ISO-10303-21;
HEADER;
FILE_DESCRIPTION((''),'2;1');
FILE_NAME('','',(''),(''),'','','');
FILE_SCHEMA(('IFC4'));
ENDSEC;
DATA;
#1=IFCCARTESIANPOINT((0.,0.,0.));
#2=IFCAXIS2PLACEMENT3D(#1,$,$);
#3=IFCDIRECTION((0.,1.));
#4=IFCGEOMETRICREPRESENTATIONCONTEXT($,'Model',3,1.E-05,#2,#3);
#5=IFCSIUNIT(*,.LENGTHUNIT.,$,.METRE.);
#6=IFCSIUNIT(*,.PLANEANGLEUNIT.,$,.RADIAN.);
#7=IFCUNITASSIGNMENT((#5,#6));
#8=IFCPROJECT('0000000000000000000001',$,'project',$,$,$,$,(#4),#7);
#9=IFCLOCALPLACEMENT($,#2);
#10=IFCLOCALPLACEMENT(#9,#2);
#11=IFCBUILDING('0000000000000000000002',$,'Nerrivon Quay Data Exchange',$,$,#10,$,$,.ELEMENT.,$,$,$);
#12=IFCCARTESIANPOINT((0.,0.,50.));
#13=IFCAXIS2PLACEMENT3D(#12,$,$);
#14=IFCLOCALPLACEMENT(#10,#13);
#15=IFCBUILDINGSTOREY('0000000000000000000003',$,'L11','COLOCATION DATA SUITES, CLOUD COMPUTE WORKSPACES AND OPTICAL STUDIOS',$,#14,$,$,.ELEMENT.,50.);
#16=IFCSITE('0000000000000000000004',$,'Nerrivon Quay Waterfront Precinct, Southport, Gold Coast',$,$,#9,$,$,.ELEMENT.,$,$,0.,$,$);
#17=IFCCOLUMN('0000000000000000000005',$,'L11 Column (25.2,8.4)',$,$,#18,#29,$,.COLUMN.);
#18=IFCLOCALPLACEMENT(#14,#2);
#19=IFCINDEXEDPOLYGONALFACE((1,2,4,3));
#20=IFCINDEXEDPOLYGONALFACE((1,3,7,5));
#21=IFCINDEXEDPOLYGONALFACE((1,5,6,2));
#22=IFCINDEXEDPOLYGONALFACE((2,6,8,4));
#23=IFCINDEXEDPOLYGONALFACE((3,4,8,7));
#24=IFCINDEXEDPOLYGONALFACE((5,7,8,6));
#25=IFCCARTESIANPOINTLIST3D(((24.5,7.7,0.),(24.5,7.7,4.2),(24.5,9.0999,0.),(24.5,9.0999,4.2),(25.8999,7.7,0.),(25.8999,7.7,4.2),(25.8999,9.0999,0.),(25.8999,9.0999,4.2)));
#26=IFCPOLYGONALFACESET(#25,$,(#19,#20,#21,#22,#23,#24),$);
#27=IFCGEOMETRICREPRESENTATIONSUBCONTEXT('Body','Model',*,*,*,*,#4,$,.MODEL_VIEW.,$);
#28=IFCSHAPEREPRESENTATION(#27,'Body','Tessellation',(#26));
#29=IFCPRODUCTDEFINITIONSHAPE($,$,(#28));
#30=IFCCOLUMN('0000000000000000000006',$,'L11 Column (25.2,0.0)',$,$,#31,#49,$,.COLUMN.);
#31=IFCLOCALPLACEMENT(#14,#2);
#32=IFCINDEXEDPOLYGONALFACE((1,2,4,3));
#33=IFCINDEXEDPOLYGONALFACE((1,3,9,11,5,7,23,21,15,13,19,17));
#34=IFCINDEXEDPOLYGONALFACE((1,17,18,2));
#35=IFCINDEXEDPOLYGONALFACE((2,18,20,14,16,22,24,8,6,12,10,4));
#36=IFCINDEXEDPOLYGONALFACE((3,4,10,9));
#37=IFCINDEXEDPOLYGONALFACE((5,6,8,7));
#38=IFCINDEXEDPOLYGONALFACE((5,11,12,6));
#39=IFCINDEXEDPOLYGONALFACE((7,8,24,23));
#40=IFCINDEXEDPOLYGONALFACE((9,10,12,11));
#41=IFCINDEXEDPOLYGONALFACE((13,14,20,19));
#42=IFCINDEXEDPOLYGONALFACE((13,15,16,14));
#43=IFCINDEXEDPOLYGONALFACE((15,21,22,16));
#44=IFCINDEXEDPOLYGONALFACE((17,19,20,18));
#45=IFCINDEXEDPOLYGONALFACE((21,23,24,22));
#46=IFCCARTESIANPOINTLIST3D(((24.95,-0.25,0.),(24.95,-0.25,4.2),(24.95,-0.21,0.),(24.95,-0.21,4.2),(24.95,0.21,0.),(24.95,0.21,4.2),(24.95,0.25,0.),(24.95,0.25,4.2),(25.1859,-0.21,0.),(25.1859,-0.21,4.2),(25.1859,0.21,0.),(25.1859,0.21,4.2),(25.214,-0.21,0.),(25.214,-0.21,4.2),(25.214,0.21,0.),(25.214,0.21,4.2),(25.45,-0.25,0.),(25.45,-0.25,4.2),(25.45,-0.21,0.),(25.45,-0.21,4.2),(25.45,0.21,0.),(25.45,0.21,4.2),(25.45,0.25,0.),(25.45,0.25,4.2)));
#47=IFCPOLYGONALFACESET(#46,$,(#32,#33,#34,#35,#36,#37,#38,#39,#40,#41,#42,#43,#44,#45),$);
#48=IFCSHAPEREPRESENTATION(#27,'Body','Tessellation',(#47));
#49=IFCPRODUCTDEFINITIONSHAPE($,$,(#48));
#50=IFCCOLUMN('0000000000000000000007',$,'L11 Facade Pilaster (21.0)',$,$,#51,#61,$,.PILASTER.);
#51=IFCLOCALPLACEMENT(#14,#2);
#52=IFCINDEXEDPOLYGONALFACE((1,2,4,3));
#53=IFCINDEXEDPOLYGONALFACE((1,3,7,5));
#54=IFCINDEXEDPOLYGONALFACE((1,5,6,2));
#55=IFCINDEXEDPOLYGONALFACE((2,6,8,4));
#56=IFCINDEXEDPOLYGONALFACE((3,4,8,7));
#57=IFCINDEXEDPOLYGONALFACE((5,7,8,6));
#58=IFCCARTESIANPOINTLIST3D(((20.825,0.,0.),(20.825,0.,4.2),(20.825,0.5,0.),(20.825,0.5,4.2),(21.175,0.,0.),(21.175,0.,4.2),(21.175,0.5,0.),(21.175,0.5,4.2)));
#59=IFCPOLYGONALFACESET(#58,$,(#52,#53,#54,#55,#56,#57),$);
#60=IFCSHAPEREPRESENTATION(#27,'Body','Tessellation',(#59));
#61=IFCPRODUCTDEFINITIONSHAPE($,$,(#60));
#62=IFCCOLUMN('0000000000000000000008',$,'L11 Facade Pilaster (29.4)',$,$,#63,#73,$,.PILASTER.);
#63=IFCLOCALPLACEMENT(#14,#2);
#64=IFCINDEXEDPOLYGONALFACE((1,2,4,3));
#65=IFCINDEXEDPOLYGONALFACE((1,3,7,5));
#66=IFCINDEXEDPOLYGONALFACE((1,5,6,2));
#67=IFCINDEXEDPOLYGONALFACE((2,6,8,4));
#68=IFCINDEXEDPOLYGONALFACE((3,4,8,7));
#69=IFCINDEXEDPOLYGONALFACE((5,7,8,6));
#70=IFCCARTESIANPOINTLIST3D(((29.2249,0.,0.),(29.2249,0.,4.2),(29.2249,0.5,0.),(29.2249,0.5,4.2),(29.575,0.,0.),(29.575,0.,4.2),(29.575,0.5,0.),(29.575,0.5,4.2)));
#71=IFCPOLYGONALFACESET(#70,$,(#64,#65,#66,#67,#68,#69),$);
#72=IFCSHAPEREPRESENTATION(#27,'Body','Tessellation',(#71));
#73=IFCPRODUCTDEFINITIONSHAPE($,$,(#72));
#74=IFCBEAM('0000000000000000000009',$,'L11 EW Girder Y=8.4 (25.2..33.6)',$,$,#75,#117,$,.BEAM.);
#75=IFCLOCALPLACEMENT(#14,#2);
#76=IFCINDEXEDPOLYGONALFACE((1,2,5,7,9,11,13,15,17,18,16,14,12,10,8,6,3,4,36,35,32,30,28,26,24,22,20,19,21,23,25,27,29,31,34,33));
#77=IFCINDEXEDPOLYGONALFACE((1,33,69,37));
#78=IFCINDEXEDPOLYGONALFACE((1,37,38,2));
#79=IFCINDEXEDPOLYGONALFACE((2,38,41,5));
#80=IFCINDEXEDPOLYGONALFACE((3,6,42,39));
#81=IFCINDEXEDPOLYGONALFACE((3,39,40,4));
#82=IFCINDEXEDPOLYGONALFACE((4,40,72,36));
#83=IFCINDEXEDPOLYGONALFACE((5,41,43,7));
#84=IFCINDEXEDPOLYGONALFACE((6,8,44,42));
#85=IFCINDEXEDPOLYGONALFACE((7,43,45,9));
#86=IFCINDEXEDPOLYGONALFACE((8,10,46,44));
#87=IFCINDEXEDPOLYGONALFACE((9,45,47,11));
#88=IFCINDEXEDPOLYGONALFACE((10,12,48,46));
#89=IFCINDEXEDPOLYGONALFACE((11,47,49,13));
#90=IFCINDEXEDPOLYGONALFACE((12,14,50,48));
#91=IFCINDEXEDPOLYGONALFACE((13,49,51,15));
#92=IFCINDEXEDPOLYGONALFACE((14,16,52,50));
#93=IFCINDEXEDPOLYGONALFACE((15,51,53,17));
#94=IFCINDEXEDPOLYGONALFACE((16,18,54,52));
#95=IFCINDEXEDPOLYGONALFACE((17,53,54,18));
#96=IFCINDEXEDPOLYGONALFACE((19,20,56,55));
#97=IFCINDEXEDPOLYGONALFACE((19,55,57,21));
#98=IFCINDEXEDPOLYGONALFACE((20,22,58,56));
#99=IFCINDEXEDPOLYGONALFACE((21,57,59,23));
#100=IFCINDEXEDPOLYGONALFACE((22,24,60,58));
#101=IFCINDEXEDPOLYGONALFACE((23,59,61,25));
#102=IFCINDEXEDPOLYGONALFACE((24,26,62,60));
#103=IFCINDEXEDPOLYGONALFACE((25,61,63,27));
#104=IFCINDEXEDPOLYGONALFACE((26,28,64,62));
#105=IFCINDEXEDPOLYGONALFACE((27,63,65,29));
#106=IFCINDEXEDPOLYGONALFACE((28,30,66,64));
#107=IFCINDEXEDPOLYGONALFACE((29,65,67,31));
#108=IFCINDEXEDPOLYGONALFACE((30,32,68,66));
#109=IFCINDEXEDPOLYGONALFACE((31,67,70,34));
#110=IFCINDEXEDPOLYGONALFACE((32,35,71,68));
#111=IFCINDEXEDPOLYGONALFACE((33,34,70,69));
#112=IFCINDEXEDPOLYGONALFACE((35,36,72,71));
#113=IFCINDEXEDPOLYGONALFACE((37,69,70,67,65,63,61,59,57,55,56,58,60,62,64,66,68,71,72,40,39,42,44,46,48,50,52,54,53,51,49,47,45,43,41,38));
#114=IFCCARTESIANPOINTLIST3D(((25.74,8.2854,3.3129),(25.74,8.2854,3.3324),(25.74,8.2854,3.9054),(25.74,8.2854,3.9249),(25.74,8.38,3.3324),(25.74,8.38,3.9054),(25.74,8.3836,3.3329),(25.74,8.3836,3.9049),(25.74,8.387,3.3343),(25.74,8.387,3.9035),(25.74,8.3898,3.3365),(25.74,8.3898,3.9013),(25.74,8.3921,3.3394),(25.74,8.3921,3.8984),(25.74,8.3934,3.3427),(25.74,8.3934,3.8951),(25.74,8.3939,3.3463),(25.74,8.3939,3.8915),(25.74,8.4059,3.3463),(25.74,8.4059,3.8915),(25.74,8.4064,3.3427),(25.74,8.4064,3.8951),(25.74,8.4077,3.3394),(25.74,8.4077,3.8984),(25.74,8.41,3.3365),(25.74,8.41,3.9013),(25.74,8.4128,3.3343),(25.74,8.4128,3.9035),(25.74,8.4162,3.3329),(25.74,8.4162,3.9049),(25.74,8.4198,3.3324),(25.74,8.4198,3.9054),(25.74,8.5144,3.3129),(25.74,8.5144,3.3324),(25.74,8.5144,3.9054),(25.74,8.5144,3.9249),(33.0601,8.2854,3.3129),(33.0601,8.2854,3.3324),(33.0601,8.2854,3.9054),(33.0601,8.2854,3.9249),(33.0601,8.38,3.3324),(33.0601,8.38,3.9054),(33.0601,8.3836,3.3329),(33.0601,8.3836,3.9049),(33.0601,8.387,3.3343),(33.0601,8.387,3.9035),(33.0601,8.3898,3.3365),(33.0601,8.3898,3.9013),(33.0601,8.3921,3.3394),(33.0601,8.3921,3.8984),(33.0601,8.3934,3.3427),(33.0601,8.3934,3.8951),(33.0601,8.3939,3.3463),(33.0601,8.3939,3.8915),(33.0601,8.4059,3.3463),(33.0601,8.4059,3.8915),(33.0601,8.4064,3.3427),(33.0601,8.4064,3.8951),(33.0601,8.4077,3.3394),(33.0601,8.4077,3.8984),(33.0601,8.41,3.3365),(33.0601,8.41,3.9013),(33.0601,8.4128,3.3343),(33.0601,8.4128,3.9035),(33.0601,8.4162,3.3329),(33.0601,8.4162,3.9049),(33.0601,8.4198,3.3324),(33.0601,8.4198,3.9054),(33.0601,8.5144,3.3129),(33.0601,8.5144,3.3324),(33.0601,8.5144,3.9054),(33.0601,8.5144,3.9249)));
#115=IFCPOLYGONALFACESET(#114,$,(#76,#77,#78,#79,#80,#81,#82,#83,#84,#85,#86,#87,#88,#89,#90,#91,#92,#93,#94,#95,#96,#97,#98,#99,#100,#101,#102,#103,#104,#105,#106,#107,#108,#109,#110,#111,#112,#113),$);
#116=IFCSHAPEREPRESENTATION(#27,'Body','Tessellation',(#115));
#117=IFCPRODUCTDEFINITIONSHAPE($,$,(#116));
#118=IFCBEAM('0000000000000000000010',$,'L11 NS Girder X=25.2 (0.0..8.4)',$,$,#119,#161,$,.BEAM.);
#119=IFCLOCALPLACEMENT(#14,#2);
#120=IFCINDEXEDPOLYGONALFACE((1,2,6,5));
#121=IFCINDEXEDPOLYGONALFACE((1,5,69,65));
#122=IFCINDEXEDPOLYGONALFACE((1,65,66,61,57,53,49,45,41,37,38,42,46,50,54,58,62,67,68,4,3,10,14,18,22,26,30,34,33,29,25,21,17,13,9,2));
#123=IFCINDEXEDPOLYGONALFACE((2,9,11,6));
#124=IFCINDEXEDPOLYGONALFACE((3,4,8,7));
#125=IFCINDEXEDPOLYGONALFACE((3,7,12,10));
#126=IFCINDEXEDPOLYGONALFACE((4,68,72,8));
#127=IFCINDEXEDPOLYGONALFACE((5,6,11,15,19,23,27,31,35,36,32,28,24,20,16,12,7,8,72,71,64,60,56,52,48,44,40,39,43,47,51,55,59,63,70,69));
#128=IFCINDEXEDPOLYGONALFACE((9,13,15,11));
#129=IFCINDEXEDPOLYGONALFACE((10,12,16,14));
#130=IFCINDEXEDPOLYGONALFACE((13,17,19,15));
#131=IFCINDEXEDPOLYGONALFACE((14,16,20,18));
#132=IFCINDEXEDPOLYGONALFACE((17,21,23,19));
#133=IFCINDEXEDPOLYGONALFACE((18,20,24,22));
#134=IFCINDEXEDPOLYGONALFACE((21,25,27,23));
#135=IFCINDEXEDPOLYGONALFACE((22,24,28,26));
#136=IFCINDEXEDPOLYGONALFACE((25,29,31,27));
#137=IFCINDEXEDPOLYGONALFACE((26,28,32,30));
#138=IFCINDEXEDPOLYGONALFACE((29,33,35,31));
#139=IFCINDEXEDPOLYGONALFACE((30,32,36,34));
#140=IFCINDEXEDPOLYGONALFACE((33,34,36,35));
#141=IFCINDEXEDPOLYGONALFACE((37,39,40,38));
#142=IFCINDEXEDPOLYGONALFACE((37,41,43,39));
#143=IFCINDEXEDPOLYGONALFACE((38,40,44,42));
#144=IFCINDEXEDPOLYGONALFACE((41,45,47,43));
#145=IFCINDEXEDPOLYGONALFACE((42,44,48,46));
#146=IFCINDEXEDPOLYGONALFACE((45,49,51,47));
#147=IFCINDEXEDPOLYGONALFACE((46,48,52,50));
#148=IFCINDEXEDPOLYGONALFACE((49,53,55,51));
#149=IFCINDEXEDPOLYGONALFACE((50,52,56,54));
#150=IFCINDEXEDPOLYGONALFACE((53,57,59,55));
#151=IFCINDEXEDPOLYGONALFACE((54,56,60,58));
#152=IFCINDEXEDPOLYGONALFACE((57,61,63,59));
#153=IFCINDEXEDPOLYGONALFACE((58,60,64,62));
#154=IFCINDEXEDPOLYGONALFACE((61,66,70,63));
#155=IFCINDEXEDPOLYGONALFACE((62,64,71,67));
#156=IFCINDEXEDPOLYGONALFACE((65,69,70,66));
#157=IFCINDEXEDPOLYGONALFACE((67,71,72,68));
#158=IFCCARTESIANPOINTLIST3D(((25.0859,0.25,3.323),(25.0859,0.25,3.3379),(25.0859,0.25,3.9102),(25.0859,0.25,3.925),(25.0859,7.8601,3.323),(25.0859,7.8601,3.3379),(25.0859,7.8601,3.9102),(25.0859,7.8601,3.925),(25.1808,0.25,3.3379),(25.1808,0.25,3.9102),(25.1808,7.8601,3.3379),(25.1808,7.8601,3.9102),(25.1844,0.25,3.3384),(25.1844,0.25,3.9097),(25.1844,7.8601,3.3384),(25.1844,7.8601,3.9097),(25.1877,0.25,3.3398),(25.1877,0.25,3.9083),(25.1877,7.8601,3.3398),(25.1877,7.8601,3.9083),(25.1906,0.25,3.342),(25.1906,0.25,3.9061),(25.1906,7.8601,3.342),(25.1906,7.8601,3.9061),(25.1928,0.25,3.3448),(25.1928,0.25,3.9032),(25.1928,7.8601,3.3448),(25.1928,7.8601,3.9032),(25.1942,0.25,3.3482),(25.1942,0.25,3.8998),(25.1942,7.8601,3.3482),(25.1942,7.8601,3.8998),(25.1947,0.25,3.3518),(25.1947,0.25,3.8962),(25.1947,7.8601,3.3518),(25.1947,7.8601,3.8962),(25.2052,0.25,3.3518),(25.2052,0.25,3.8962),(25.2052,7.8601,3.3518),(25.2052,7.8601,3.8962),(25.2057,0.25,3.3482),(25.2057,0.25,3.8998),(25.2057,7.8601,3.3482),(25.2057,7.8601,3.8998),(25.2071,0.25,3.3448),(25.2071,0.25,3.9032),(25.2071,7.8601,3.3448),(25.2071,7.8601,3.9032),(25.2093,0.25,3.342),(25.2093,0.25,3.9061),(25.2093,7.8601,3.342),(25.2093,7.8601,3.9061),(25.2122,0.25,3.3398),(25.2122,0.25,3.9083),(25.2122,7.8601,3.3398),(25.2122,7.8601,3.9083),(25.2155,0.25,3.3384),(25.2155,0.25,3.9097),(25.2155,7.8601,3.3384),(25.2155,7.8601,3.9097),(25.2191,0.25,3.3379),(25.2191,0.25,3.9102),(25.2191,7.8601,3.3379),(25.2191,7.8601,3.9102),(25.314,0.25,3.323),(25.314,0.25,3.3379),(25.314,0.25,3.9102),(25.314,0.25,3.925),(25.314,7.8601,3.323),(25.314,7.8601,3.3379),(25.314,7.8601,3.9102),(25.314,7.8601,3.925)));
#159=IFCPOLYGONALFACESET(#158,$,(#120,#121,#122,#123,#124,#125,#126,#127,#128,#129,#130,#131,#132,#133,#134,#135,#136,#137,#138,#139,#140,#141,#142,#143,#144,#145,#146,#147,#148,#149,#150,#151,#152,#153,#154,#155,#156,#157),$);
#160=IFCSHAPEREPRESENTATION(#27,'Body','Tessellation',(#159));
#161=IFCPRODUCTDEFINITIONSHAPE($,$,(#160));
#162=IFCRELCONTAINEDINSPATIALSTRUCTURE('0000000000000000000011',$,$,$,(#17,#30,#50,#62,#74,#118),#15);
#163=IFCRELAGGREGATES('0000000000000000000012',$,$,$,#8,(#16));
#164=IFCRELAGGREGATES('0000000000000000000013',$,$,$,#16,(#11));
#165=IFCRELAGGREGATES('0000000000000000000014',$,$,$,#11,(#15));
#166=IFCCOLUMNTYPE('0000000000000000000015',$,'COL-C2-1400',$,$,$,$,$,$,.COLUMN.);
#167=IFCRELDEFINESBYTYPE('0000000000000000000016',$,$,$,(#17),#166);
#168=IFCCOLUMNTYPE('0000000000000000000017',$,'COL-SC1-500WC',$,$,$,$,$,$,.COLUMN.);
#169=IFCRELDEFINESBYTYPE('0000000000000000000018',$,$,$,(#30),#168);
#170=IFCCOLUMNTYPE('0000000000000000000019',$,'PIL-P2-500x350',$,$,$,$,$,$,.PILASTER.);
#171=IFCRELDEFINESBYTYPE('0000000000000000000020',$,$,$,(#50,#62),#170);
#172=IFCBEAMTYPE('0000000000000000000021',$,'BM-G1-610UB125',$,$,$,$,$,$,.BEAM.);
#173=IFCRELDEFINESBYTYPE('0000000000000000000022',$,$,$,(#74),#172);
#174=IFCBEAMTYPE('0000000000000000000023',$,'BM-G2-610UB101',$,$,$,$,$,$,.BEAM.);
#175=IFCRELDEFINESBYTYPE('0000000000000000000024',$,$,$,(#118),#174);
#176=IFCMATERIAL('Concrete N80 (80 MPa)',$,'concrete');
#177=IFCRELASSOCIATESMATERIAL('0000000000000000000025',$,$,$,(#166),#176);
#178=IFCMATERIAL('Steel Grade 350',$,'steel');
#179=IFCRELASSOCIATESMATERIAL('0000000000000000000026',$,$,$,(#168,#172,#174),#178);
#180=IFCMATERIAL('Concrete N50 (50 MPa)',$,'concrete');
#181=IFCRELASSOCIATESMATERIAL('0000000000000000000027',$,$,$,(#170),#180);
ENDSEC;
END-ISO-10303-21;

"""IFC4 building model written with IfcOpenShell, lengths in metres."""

from ifc_helpers import new_model, si_unit, direction, frame, origin, origin_2d, place, context, subcontext, project, spatial, rectangle, i_section, extrude, material, material_profile, profile_set, type_object, element, save


model = new_model("IFC4")

# Units and contexts
model_context = context("Model", 3, precision=1e-05, world=origin(), true_north=direction((0.0, 1.0)))
body_context = subcontext(model_context, "Body", "Model", "MODEL_VIEW")
ifc_project = project(units=[si_unit("LENGTHUNIT", "METRE"), si_unit("PLANEANGLEUNIT", "RADIAN")], contexts=[model_context])

# Site, building, storey
site_placement = place(None, origin())
site = spatial("IfcSite", under=ifc_project, at=site_placement, Name="Nerrivon Quay Waterfront Precinct, Southport, Gold Coast", CompositionType="ELEMENT", RefElevation=0.0)
building_placement = place(site_placement, origin())
building = spatial("IfcBuilding", under=site, at=building_placement, Name="Nerrivon Quay Data Exchange", CompositionType="ELEMENT")
storey_placement = place(building_placement, frame((0.0, 0.0, 50.0)))
storey = spatial("IfcBuildingStorey", under=building, at=storey_placement, Name="L11", Description="COLOCATION DATA SUITES, CLOUD COMPUTE WORKSPACES AND OPTICAL STUDIOS", CompositionType="ELEMENT", Elevation=50.0)

# Columns
ifc_material_1 = material(Name="Concrete N80 (80 MPa)", Category="concrete")
ifc_material_profile_1 = material_profile(ifc_material_1, rectangle(XDim=1.3999, YDim=1.3999, at=origin_2d()), Name="RC-COL-1400x1400")
ifc_profile_set_1 = profile_set([ifc_material_profile_1], Name="Concrete N80 (80 MPa)")
column_type_1 = type_object("IfcColumnType", Name="COL-C2-1400", PredefinedType="COLUMN", material=ifc_profile_set_1)
column_1_placement = place(storey_placement, frame((25.2, 8.3999, 0.0), z_axis=(0.0, 0.0, 1.0), x_axis=(1.0, 0.0, 0.0)))
element("IfcColumn", 1, at=column_1_placement, inside=storey, type_object=column_type_1, Name="L11 Column (25.2,8.4)", PredefinedType="COLUMN", context=body_context, shape_type="SweptSolid", body=[
    extrude(rectangle(XDim=1.3999, YDim=1.3999, at=origin_2d()), origin(), (0.0, 0.0, 1.0), 4.2),
])
ifc_material_2 = material(Name="Steel Grade 350", Category="steel")
ifc_material_profile_2 = material_profile(ifc_material_2, i_section(OverallWidth=0.5, OverallDepth=0.5, WebThickness=0.0281, FlangeThickness=0.04, at=origin_2d()), Name="500WC440")
ifc_profile_set_2 = profile_set([ifc_material_profile_2], Name="Steel Grade 350")
column_type_2 = type_object("IfcColumnType", Name="COL-SC1-500WC", PredefinedType="COLUMN", material=ifc_profile_set_2)
column_2_placement = place(storey_placement, frame((25.2, 0.0, 0.0), z_axis=(0.0, 0.0, 1.0), x_axis=(1.0, 0.0, 0.0)))
element("IfcColumn", 2, at=column_2_placement, inside=storey, type_object=column_type_2, Name="L11 Column (25.2,0.0)", PredefinedType="COLUMN", context=body_context, shape_type="SweptSolid", body=[
    extrude(i_section(OverallWidth=0.5, OverallDepth=0.5, WebThickness=0.0281, FlangeThickness=0.04, at=origin_2d()), origin(), (0.0, 0.0, 1.0), 4.2),
])
ifc_material_3 = material(Name="Concrete N50 (50 MPa)", Category="concrete")
ifc_material_profile_3 = material_profile(ifc_material_3, rectangle(XDim=0.3501, YDim=0.5, at=origin_2d()), Name="RC-PIL-500x350")
ifc_profile_set_3 = profile_set([ifc_material_profile_3], Name="Concrete N50 (50 MPa)")
column_type_3 = type_object("IfcColumnType", Name="PIL-P2-500x350", PredefinedType="PILASTER", material=ifc_profile_set_3)
for number, where, z_axis, x_axis, name in (
    (3, (21.0, 0.25, 0.0), (0.0, 0.0, 1.0), (1.0, 0.0, 0.0), "L11 Facade Pilaster (21.0)"),
    (4, (29.3999, 0.25, 0.0), (0.0, 0.0, 1.0), (1.0, 0.0, 0.0), "L11 Facade Pilaster (29.4)"),
):
    element("IfcColumn", number, at=place(storey_placement, frame(where, z_axis=z_axis, x_axis=x_axis)), inside=storey, type_object=column_type_3, Name=name, PredefinedType="PILASTER", context=body_context, shape_type="SweptSolid", body=[
        extrude(rectangle(XDim=0.3501, YDim=0.5, at=origin_2d()), origin(), (0.0, 0.0, 1.0), 4.2),
    ])

# Beams
ifc_material_profile_4 = material_profile(ifc_material_2, i_section(OverallWidth=0.229, OverallDepth=0.6121, WebThickness=0.012, FlangeThickness=0.0195, FilletRadius=0.0139, at=origin_2d()), Name="610UB125")
ifc_profile_set_4 = profile_set([ifc_material_profile_4], Name="Steel Grade 350")
beam_type_1 = type_object("IfcBeamType", Name="BM-G1-610UB125", PredefinedType="BEAM", material=ifc_profile_set_4)
beam_1_placement = place(storey_placement, frame((25.74, 8.3999, 3.6189), z_axis=(1.0, 0.0, 0.0), x_axis=(0.0, 1.0, 0.0)))
element("IfcBeam", 5, at=beam_1_placement, inside=storey, type_object=beam_type_1, Name="L11 EW Girder Y=8.4 (25.2..33.6)", PredefinedType="BEAM", context=body_context, shape_type="SweptSolid", body=[
    extrude(i_section(OverallWidth=0.229, OverallDepth=0.6121, WebThickness=0.012, FlangeThickness=0.0195, FilletRadius=0.0139, at=origin_2d()), origin(), (0.0, 0.0, 1.0), 7.3201),
])
ifc_material_profile_5 = material_profile(ifc_material_2, i_section(OverallWidth=0.228, OverallDepth=0.6021, WebThickness=0.0105, FlangeThickness=0.0149, FilletRadius=0.0139, at=origin_2d()), Name="610UB101")
ifc_profile_set_5 = profile_set([ifc_material_profile_5], Name="Steel Grade 350")
beam_type_2 = type_object("IfcBeamType", Name="BM-G2-610UB101", PredefinedType="BEAM", material=ifc_profile_set_5)
beam_2_placement = place(storey_placement, frame((25.2, 0.25, 3.624), z_axis=(0.0, 1.0, 0.0), x_axis=(-1.0, 0.0, 0.0)))
element("IfcBeam", 6, at=beam_2_placement, inside=storey, type_object=beam_type_2, Name="L11 NS Girder X=25.2 (0.0..8.4)", PredefinedType="BEAM", context=body_context, shape_type="SweptSolid", body=[
    extrude(i_section(OverallWidth=0.228, OverallDepth=0.6021, WebThickness=0.0105, FlangeThickness=0.0149, FilletRadius=0.0139, at=origin_2d()), origin(), (0.0, 0.0, 1.0), 7.6101),
])

save(model, "model.ifc")
